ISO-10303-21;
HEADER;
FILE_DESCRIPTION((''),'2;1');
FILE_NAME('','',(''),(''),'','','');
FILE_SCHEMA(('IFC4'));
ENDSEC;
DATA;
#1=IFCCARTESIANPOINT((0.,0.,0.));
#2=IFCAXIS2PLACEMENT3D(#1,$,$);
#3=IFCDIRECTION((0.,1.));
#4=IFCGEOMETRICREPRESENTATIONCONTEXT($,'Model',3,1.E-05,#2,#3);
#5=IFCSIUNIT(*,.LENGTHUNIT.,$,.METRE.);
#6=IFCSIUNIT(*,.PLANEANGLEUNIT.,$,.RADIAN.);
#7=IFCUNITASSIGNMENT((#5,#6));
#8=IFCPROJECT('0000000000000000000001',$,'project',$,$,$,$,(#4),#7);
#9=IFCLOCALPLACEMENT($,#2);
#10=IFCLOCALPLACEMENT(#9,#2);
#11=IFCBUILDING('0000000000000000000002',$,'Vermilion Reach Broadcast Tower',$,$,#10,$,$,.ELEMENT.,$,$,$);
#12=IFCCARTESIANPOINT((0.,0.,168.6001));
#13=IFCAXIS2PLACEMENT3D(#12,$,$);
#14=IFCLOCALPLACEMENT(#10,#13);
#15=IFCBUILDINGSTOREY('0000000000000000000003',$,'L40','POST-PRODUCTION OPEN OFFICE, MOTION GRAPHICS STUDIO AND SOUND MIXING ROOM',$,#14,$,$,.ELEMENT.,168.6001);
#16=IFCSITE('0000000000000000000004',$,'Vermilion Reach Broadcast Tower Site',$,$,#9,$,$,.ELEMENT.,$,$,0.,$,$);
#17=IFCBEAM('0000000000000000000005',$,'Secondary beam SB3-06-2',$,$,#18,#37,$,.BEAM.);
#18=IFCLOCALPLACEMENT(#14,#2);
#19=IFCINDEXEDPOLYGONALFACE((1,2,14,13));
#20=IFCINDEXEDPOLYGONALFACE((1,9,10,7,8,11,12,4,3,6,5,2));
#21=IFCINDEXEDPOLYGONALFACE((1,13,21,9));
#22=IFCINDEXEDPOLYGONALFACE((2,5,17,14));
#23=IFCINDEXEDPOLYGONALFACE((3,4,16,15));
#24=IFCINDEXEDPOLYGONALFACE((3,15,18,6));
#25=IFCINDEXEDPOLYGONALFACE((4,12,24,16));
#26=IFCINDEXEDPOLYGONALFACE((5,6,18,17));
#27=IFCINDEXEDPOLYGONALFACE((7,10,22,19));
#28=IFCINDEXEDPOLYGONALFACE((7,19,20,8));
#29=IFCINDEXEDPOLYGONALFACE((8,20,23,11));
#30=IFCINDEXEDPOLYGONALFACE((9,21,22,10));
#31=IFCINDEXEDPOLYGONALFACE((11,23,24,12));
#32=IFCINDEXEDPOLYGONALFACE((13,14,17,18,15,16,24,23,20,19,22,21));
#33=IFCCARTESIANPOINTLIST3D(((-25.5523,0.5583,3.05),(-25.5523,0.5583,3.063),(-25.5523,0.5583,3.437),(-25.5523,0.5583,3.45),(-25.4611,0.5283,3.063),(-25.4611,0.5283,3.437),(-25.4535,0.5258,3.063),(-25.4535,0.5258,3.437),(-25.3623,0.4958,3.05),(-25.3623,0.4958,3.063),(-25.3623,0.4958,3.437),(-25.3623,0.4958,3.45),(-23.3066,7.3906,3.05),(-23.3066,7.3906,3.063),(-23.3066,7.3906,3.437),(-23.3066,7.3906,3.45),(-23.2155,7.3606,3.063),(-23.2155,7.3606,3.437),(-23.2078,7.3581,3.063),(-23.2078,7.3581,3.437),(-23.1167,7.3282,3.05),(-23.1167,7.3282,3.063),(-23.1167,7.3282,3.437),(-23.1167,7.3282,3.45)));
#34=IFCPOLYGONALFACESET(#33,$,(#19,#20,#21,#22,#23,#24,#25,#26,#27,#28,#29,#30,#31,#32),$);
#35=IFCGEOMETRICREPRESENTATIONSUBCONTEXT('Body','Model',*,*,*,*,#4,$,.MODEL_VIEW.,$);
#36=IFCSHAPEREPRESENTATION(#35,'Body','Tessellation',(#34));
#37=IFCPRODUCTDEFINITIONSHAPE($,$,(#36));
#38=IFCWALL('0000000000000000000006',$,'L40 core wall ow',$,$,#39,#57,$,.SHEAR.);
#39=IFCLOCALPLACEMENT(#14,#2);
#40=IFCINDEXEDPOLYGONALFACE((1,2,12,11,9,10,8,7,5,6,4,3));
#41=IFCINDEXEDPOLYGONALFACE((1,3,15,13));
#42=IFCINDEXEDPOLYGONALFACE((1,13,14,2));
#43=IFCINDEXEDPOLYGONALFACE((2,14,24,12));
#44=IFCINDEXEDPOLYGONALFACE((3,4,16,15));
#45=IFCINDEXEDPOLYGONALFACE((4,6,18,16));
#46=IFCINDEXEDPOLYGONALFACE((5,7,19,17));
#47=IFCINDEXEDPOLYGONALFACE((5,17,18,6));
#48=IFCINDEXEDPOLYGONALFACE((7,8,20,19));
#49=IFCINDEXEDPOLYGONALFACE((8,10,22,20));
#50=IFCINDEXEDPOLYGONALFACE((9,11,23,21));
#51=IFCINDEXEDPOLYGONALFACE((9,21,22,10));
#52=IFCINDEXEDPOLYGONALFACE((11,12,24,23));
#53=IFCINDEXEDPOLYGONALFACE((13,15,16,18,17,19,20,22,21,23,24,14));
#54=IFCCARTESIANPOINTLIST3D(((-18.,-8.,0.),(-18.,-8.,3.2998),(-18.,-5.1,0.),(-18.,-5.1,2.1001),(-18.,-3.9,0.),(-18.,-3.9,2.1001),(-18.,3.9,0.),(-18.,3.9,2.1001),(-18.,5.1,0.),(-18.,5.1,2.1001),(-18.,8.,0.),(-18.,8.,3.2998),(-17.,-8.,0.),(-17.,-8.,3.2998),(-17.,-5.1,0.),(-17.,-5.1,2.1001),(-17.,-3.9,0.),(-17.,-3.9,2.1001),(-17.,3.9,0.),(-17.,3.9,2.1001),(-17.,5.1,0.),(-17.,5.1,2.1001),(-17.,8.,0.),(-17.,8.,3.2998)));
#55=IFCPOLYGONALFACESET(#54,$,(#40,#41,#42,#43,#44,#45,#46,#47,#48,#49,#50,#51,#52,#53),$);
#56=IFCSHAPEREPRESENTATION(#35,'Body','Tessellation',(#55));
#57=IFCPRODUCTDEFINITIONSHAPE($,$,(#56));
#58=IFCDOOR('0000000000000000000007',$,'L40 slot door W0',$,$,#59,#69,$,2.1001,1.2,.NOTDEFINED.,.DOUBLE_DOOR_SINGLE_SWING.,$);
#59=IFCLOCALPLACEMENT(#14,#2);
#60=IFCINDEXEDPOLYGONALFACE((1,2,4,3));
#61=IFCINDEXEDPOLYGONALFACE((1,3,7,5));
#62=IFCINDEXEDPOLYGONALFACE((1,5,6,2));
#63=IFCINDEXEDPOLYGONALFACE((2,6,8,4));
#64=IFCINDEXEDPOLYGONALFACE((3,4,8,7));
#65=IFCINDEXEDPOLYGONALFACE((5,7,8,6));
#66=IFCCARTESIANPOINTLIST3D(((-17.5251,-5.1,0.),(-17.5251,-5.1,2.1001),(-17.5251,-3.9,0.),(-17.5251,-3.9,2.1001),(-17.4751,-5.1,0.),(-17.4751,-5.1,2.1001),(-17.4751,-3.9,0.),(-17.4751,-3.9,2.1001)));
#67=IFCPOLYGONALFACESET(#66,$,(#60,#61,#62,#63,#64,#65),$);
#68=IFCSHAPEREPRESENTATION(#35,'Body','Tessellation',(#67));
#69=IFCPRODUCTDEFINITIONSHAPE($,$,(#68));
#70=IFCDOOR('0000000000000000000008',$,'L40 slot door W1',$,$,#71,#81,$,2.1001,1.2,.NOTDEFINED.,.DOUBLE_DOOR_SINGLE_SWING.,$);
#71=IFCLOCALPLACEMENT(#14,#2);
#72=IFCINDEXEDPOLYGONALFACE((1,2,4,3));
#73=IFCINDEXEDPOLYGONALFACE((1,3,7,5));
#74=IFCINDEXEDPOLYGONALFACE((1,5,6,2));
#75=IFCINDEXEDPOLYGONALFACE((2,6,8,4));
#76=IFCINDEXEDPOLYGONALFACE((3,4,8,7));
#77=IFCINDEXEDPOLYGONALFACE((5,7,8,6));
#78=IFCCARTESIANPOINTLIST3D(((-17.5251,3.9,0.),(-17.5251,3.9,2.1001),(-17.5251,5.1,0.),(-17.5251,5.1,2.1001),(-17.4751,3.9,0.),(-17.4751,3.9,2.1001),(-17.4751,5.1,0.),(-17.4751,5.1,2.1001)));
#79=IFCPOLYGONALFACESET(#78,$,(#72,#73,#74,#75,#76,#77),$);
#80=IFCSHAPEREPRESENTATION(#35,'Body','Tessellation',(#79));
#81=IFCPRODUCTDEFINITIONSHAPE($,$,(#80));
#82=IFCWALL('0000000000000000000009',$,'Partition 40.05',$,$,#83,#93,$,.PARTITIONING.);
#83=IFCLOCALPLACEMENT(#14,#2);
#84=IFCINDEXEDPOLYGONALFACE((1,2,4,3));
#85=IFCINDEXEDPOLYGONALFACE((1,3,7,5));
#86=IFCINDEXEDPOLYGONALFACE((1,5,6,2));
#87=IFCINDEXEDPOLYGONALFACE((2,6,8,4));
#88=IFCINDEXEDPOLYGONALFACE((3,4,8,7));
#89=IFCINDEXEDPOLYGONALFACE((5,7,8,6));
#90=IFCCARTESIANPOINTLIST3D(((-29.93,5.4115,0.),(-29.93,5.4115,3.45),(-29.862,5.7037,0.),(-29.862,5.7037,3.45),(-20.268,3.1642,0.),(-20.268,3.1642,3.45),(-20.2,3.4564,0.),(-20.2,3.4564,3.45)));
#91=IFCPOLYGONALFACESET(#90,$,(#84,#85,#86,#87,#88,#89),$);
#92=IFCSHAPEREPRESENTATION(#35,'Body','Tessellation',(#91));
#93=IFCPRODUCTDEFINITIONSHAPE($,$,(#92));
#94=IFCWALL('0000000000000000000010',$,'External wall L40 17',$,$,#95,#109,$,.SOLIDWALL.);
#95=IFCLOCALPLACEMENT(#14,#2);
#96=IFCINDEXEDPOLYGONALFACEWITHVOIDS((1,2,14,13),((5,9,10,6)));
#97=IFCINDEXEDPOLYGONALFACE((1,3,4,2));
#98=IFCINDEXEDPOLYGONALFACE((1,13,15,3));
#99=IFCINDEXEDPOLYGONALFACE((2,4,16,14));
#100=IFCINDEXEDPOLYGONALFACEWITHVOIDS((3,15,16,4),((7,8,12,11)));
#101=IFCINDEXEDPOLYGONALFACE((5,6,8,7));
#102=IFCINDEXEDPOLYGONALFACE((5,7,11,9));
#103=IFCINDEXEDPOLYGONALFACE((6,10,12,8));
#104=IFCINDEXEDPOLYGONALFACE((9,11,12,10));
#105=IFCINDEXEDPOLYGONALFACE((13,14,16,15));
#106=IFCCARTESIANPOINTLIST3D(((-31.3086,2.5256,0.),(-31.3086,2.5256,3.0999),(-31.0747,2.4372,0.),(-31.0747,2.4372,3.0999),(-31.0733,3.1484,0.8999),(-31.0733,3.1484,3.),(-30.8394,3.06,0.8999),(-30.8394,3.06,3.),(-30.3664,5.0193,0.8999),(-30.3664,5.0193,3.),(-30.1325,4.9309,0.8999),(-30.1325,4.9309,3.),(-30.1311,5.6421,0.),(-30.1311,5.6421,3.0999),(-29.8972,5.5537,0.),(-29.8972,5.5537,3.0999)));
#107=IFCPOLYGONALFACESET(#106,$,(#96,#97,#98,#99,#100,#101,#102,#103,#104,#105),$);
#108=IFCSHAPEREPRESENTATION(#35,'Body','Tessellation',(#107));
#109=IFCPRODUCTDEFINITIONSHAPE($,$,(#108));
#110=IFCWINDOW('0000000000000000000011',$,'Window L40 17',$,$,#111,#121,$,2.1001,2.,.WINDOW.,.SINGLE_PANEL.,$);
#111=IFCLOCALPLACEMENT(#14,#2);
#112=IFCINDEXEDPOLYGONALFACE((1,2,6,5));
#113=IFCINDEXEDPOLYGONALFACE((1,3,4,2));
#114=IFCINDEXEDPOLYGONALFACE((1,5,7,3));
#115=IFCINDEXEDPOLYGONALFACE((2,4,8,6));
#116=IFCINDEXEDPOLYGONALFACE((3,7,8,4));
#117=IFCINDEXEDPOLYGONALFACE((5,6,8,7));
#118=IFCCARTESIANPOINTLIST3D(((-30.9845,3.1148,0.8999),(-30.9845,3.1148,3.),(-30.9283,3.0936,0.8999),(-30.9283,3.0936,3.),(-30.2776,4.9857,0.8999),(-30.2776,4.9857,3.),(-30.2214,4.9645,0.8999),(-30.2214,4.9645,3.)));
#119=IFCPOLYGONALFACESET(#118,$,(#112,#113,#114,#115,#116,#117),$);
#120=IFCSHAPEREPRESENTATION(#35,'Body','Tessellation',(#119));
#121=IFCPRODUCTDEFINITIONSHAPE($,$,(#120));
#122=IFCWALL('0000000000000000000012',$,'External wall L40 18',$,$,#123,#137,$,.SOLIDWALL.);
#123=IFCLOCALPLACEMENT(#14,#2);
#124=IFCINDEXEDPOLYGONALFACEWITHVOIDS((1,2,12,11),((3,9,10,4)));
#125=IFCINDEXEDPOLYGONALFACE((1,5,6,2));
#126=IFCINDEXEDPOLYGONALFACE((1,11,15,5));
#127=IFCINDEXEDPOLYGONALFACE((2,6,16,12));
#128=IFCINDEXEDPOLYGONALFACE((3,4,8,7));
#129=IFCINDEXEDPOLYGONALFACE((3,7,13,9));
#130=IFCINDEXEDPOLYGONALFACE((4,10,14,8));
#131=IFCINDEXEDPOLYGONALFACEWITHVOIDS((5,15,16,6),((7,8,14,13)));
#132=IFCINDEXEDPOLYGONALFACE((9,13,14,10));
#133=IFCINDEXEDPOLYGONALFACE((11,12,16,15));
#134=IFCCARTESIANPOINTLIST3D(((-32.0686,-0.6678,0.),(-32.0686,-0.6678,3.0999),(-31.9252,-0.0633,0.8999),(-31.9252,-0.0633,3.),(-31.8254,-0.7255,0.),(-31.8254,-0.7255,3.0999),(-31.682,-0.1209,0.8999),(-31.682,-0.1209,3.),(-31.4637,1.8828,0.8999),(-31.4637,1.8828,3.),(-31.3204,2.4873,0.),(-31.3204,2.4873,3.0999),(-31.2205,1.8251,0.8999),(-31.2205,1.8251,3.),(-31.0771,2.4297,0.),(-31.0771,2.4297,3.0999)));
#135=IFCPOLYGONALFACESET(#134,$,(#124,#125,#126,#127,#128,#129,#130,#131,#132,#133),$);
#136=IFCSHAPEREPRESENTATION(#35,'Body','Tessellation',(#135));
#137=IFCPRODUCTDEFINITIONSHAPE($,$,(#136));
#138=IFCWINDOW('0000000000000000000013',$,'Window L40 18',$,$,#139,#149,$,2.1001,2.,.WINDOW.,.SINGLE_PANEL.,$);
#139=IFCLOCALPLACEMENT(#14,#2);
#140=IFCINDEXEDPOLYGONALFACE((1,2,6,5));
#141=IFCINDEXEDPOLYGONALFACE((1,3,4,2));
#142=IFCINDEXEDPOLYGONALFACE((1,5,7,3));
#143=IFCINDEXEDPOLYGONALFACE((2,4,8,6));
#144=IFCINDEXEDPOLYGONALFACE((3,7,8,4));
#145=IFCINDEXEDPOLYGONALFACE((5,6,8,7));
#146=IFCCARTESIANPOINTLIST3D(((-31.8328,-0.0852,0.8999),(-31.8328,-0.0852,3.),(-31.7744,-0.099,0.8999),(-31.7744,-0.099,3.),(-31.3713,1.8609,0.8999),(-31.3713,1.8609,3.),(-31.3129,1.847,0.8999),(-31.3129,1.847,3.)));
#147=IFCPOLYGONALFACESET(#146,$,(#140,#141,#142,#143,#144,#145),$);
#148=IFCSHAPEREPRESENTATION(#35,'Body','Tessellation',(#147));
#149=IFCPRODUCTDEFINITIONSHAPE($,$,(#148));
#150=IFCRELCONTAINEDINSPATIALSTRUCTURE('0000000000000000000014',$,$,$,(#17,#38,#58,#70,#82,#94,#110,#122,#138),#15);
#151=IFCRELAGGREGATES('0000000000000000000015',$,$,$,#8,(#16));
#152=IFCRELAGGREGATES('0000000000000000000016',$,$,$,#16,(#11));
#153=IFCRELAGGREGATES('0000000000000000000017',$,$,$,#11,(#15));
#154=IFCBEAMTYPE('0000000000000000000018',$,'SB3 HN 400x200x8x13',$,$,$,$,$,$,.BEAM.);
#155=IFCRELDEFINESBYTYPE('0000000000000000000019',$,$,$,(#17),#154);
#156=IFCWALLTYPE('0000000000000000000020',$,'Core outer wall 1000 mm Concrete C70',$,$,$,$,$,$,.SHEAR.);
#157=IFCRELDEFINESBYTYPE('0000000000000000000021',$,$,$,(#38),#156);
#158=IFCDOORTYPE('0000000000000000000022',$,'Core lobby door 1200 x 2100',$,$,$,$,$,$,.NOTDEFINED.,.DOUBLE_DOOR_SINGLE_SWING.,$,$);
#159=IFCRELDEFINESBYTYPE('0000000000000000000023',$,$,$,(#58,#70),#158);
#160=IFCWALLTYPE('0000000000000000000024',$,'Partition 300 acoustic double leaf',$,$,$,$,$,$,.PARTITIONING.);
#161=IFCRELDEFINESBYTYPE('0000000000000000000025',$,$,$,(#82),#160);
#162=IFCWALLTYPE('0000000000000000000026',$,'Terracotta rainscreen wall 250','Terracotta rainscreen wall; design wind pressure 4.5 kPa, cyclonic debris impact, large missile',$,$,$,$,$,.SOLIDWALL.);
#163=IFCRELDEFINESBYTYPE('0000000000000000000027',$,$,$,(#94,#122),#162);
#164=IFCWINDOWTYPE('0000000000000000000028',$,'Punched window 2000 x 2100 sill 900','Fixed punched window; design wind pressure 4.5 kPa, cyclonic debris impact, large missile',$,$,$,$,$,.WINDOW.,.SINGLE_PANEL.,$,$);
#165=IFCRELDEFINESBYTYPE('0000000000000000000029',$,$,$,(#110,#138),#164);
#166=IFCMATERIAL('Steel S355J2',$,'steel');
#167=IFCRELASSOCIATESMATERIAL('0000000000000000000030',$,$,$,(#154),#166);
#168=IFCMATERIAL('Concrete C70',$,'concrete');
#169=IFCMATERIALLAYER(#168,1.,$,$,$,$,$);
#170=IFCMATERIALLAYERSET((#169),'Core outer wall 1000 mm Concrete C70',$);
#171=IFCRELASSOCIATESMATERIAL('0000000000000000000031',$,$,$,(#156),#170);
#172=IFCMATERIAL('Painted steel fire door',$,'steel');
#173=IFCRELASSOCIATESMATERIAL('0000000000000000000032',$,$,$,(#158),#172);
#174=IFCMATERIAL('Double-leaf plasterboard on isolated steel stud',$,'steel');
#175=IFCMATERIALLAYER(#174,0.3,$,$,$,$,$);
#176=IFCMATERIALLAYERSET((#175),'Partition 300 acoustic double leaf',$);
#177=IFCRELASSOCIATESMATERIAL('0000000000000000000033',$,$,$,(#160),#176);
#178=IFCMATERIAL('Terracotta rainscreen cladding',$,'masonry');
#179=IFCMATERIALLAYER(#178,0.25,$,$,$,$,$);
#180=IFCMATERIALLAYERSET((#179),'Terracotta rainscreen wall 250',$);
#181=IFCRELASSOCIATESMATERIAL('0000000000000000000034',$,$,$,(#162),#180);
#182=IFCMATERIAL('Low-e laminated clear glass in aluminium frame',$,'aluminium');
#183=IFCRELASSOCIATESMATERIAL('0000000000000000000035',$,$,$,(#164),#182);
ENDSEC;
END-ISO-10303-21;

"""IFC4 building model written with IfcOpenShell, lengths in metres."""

from ifc_helpers import new_model, si_unit, direction, frame, frame_2d, origin, origin_2d, place, context, subcontext, project, spatial, rectangle, i_section, extrude, material, layer, layer_set, material_profile, profile_set, type_object, element, fill, save


model = new_model("IFC4")

# Units and contexts
model_context = context("Model", 3, precision=1e-05, world=origin(), true_north=direction((0.0, 1.0)))
body_context = subcontext(model_context, "Body", "Model", "MODEL_VIEW")
ifc_project = project(units=[si_unit("LENGTHUNIT", "METRE"), si_unit("PLANEANGLEUNIT", "RADIAN")], contexts=[model_context])

# Site, building, storey
site_placement = place(None, origin())
site = spatial("IfcSite", under=ifc_project, at=site_placement, Name="Vermilion Reach Broadcast Tower Site", CompositionType="ELEMENT", RefElevation=0.0)
building_placement = place(site_placement, origin())
building = spatial("IfcBuilding", under=site, at=building_placement, Name="Vermilion Reach Broadcast Tower", CompositionType="ELEMENT")
storey_placement = place(building_placement, frame((0.0, 0.0, 168.6001)))
storey = spatial("IfcBuildingStorey", under=building, at=storey_placement, Name="L40", Description="POST-PRODUCTION OPEN OFFICE, MOTION GRAPHICS STUDIO AND SOUND MIXING ROOM", CompositionType="ELEMENT", Elevation=168.6001)

# Beam
ifc_material_1 = material(Name="Steel S355J2", Category="steel")
ifc_material_profile_1 = material_profile(ifc_material_1, i_section(OverallWidth=0.2, OverallDepth=0.3999, WebThickness=0.0081, FlangeThickness=0.0129, at=origin_2d()), Name="S355J2 HN 400x200x8x13")
ifc_profile_set_1 = profile_set([ifc_material_profile_1], Name="Steel S355J2")
beam_type_1 = type_object("IfcBeamType", Name="SB3 HN 400x200x8x13", PredefinedType="BEAM", material=ifc_profile_set_1)
beam_1_placement = place(storey_placement, frame((-23.2117, 7.3594, 3.25), z_axis=(-0.312243, -0.950002, 0.0), x_axis=(0.950002, -0.312243, 0.0)))
element("IfcBeam", 1, at=beam_1_placement, inside=storey, type_object=beam_type_1, Name="Secondary beam SB3-06-2", PredefinedType="BEAM", context=body_context, shape_type="SweptSolid", body=[
    extrude(i_section(OverallWidth=0.2, OverallDepth=0.3999, WebThickness=0.0081, FlangeThickness=0.0129, at=origin_2d()), origin(), (0.0, 0.0, 1.0), 7.1919),
])

# Wall, openings, doors
ifc_material_2 = material(Name="Concrete C70", Category="concrete")
ifc_layer_1 = layer(ifc_material_2, 1.0)
ifc_layer_set_1 = layer_set([ifc_layer_1], Name="Core outer wall 1000 mm Concrete C70")
wall_type_1 = type_object("IfcWallType", Name="Core outer wall 1000 mm Concrete C70", PredefinedType="SHEAR", material=ifc_layer_set_1)
wall_1_placement = place(storey_placement, frame((-17.5, 8.0, 0.0), z_axis=(0.0, 0.0, 1.0), x_axis=(0.0, -1.0, 0.0)))
wall_1 = element("IfcWall", 2, at=wall_1_placement, inside=storey, type_object=wall_type_1, Name="L40 core wall ow", PredefinedType="SHEAR", context=body_context, shape_type="SweptSolid", body=[
    extrude(rectangle(XDim=16.0, YDim=1.0, at=frame_2d((8.0, 0.0))), origin(), (0.0, 0.0, 1.0), 3.2998),
])
opening_1_placement = place(wall_1_placement, frame((11.8999, 0.0, 0.0)))
opening_1 = element("IfcOpeningElement", 3, at=opening_1_placement, cuts=wall_1, PredefinedType="OPENING", context=body_context, shape_type="SweptSolid", body=[
    extrude(rectangle(XDim=1.2, YDim=2.1001, at=frame_2d((0.6001, 1.05))), frame((0.0, 0.51, 0.0), z_axis=(0.0, -1.0, 0.0), x_axis=(1.0, 0.0, 0.0)), (0.0, 0.0, 1.0), 1.02),
])
opening_2_placement = place(wall_1_placement, frame((2.8999, 0.0, 0.0)))
opening_2 = element("IfcOpeningElement", 4, at=opening_2_placement, cuts=wall_1, PredefinedType="OPENING", context=body_context, shape_type="SweptSolid", body=[
    extrude(rectangle(XDim=1.2, YDim=2.1001, at=frame_2d((0.6001, 1.05))), frame((0.0, 0.51, 0.0), z_axis=(0.0, -1.0, 0.0), x_axis=(1.0, 0.0, 0.0)), (0.0, 0.0, 1.0), 1.02),
])
ifc_material_3 = material(Name="Painted steel fire door", Category="steel")
door_type_1 = type_object("IfcDoorType", Name="Core lobby door 1200 x 2100", OperationType="DOUBLE_DOOR_SINGLE_SWING", PredefinedType="NOTDEFINED", material=ifc_material_3)
door_1_placement = place(opening_1_placement, origin())
door_1 = element("IfcDoor", 5, at=door_1_placement, inside=storey, type_object=door_type_1, Name="L40 slot door W0", OperationType="DOUBLE_DOOR_SINGLE_SWING", OverallHeight=2.1001, OverallWidth=1.2, PredefinedType="NOTDEFINED", context=body_context, shape_type="SweptSolid", body=[
    extrude(rectangle(XDim=1.2, YDim=2.1001, at=frame_2d((0.6001, 1.05))), frame((0.0, 0.0249, 0.0), z_axis=(0.0, -1.0, 0.0), x_axis=(1.0, 0.0, 0.0)), (0.0, 0.0, 1.0), 0.05),
])
fill(opening_1, door_1)
door_2_placement = place(opening_2_placement, origin())
door_2 = element("IfcDoor", 6, at=door_2_placement, inside=storey, type_object=door_type_1, Name="L40 slot door W1", OperationType="DOUBLE_DOOR_SINGLE_SWING", OverallHeight=2.1001, OverallWidth=1.2, PredefinedType="NOTDEFINED", context=body_context, shape_type="SweptSolid", body=[
    extrude(rectangle(XDim=1.2, YDim=2.1001, at=frame_2d((0.6001, 1.05))), frame((0.0, 0.0249, 0.0), z_axis=(0.0, -1.0, 0.0), x_axis=(1.0, 0.0, 0.0)), (0.0, 0.0, 1.0), 0.05),
])
fill(opening_2, door_2)

# Wall
ifc_material_4 = material(Name="Double-leaf plasterboard on isolated steel stud", Category="steel")
ifc_layer_2 = layer(ifc_material_4, 0.3)
ifc_layer_set_2 = layer_set([ifc_layer_2], Name="Partition 300 acoustic double leaf")
wall_type_2 = type_object("IfcWallType", Name="Partition 300 acoustic double leaf", PredefinedType="PARTITIONING", material=ifc_layer_set_2)
wall_2_placement = place(storey_placement, frame((-29.896, 5.5576, 0.0), z_axis=(0.0, 0.0, 1.0), x_axis=(0.974001, -0.226543, 0.0)))
element("IfcWall", 7, at=wall_2_placement, inside=storey, type_object=wall_type_2, Name="Partition 40.05", PredefinedType="PARTITIONING", context=body_context, shape_type="SweptSolid", body=[
    extrude(rectangle(XDim=9.9199, YDim=0.3, at=frame_2d((4.96, 0.0))), origin(), (0.0, 0.0, 1.0), 3.45),
])

# Shared definitions
ifc_material_5 = material(Name="Terracotta rainscreen cladding", Category="masonry")
ifc_layer_3 = layer(ifc_material_5, 0.25)
ifc_layer_set_3 = layer_set([ifc_layer_3], Name="Terracotta rainscreen wall 250")
wall_type_3 = type_object("IfcWallType", Name="Terracotta rainscreen wall 250", Description="Terracotta rainscreen wall; design wind pressure 4.5 kPa, cyclonic debris impact, large missile", PredefinedType="SOLIDWALL", material=ifc_layer_set_3)

# Walls, openings, windows
wall_3_placement = place(storey_placement, frame((-30.0142, 5.5979, 0.0), z_axis=(0.0, 0.0, 1.0), x_axis=(-0.353443, -0.935456, 0.0)))
wall_3 = element("IfcWall", 8, at=wall_3_placement, inside=storey, type_object=wall_type_3, Name="External wall L40 17", PredefinedType="SOLIDWALL", context=body_context, shape_type="SweptSolid", body=[
    extrude(rectangle(XDim=3.3315, YDim=0.25, at=frame_2d((1.6658, 0.0))), origin(), (0.0, 0.0, 1.0), 3.0999),
])
opening_3_placement = place(wall_3_placement, frame((0.6658, 0.0, 0.8999)))
opening_3 = element("IfcOpeningElement", 9, at=opening_3_placement, cuts=wall_3, PredefinedType="OPENING", context=body_context, shape_type="SweptSolid", body=[
    extrude(rectangle(XDim=2.0, YDim=2.1001, at=frame_2d((1.0, 1.05))), frame((0.0, 0.135, 0.0), z_axis=(0.0, -1.0, 0.0), x_axis=(1.0, 0.0, 0.0)), (0.0, 0.0, 1.0), 0.27),
])
ifc_material_6 = material(Name="Low-e laminated clear glass in aluminium frame", Category="aluminium")
window_type = type_object("IfcWindowType", Name="Punched window 2000 x 2100 sill 900", Description="Fixed punched window; design wind pressure 4.5 kPa, cyclonic debris impact, large missile", PartitioningType="SINGLE_PANEL", PredefinedType="WINDOW", material=ifc_material_6)
window_1_placement = place(opening_3_placement, origin())
window_1 = element("IfcWindow", 10, at=window_1_placement, inside=storey, type_object=window_type, Name="Window L40 17", OverallHeight=2.1001, OverallWidth=2.0, PartitioningType="SINGLE_PANEL", PredefinedType="WINDOW", context=body_context, shape_type="SweptSolid", body=[
    extrude(rectangle(XDim=2.0, YDim=2.1001, at=frame_2d((1.0, 1.05))), frame((0.0, 0.03, 0.0), z_axis=(0.0, -1.0, 0.0), x_axis=(1.0, 0.0, 0.0)), (0.0, 0.0, 1.0), 0.0601),
])
fill(opening_3, window_1)
wall_4_placement = place(storey_placement, frame((-31.1987, 2.4585, 0.0), z_axis=(0.0, 0.0, 1.0), x_axis=(-0.230755, -0.973012, 0.0)))
wall_4 = element("IfcWall", 11, at=wall_4_placement, inside=storey, type_object=wall_type_3, Name="External wall L40 18", PredefinedType="SOLIDWALL", context=body_context, shape_type="SweptSolid", body=[
    extrude(rectangle(XDim=3.2427, YDim=0.25, at=frame_2d((1.6213, 0.0))), origin(), (0.0, 0.0, 1.0), 3.0999),
])
opening_4_placement = place(wall_4_placement, frame((0.6213, 0.0, 0.8999)))
opening_4 = element("IfcOpeningElement", 12, at=opening_4_placement, cuts=wall_4, PredefinedType="OPENING", context=body_context, shape_type="SweptSolid", body=[
    extrude(rectangle(XDim=2.0, YDim=2.1001, at=frame_2d((1.0, 1.05))), frame((0.0, 0.135, 0.0), z_axis=(0.0, -1.0, 0.0), x_axis=(1.0, 0.0, 0.0)), (0.0, 0.0, 1.0), 0.27),
])
window_2_placement = place(opening_4_placement, origin())
window_2 = element("IfcWindow", 13, at=window_2_placement, inside=storey, type_object=window_type, Name="Window L40 18", OverallHeight=2.1001, OverallWidth=2.0, PartitioningType="SINGLE_PANEL", PredefinedType="WINDOW", context=body_context, shape_type="SweptSolid", body=[
    extrude(rectangle(XDim=2.0, YDim=2.1001, at=frame_2d((1.0, 1.05))), frame((0.0, 0.03, 0.0), z_axis=(0.0, -1.0, 0.0), x_axis=(1.0, 0.0, 0.0)), (0.0, 0.0, 1.0), 0.0601),
])
fill(opening_4, window_2)

save(model, "model.ifc")
